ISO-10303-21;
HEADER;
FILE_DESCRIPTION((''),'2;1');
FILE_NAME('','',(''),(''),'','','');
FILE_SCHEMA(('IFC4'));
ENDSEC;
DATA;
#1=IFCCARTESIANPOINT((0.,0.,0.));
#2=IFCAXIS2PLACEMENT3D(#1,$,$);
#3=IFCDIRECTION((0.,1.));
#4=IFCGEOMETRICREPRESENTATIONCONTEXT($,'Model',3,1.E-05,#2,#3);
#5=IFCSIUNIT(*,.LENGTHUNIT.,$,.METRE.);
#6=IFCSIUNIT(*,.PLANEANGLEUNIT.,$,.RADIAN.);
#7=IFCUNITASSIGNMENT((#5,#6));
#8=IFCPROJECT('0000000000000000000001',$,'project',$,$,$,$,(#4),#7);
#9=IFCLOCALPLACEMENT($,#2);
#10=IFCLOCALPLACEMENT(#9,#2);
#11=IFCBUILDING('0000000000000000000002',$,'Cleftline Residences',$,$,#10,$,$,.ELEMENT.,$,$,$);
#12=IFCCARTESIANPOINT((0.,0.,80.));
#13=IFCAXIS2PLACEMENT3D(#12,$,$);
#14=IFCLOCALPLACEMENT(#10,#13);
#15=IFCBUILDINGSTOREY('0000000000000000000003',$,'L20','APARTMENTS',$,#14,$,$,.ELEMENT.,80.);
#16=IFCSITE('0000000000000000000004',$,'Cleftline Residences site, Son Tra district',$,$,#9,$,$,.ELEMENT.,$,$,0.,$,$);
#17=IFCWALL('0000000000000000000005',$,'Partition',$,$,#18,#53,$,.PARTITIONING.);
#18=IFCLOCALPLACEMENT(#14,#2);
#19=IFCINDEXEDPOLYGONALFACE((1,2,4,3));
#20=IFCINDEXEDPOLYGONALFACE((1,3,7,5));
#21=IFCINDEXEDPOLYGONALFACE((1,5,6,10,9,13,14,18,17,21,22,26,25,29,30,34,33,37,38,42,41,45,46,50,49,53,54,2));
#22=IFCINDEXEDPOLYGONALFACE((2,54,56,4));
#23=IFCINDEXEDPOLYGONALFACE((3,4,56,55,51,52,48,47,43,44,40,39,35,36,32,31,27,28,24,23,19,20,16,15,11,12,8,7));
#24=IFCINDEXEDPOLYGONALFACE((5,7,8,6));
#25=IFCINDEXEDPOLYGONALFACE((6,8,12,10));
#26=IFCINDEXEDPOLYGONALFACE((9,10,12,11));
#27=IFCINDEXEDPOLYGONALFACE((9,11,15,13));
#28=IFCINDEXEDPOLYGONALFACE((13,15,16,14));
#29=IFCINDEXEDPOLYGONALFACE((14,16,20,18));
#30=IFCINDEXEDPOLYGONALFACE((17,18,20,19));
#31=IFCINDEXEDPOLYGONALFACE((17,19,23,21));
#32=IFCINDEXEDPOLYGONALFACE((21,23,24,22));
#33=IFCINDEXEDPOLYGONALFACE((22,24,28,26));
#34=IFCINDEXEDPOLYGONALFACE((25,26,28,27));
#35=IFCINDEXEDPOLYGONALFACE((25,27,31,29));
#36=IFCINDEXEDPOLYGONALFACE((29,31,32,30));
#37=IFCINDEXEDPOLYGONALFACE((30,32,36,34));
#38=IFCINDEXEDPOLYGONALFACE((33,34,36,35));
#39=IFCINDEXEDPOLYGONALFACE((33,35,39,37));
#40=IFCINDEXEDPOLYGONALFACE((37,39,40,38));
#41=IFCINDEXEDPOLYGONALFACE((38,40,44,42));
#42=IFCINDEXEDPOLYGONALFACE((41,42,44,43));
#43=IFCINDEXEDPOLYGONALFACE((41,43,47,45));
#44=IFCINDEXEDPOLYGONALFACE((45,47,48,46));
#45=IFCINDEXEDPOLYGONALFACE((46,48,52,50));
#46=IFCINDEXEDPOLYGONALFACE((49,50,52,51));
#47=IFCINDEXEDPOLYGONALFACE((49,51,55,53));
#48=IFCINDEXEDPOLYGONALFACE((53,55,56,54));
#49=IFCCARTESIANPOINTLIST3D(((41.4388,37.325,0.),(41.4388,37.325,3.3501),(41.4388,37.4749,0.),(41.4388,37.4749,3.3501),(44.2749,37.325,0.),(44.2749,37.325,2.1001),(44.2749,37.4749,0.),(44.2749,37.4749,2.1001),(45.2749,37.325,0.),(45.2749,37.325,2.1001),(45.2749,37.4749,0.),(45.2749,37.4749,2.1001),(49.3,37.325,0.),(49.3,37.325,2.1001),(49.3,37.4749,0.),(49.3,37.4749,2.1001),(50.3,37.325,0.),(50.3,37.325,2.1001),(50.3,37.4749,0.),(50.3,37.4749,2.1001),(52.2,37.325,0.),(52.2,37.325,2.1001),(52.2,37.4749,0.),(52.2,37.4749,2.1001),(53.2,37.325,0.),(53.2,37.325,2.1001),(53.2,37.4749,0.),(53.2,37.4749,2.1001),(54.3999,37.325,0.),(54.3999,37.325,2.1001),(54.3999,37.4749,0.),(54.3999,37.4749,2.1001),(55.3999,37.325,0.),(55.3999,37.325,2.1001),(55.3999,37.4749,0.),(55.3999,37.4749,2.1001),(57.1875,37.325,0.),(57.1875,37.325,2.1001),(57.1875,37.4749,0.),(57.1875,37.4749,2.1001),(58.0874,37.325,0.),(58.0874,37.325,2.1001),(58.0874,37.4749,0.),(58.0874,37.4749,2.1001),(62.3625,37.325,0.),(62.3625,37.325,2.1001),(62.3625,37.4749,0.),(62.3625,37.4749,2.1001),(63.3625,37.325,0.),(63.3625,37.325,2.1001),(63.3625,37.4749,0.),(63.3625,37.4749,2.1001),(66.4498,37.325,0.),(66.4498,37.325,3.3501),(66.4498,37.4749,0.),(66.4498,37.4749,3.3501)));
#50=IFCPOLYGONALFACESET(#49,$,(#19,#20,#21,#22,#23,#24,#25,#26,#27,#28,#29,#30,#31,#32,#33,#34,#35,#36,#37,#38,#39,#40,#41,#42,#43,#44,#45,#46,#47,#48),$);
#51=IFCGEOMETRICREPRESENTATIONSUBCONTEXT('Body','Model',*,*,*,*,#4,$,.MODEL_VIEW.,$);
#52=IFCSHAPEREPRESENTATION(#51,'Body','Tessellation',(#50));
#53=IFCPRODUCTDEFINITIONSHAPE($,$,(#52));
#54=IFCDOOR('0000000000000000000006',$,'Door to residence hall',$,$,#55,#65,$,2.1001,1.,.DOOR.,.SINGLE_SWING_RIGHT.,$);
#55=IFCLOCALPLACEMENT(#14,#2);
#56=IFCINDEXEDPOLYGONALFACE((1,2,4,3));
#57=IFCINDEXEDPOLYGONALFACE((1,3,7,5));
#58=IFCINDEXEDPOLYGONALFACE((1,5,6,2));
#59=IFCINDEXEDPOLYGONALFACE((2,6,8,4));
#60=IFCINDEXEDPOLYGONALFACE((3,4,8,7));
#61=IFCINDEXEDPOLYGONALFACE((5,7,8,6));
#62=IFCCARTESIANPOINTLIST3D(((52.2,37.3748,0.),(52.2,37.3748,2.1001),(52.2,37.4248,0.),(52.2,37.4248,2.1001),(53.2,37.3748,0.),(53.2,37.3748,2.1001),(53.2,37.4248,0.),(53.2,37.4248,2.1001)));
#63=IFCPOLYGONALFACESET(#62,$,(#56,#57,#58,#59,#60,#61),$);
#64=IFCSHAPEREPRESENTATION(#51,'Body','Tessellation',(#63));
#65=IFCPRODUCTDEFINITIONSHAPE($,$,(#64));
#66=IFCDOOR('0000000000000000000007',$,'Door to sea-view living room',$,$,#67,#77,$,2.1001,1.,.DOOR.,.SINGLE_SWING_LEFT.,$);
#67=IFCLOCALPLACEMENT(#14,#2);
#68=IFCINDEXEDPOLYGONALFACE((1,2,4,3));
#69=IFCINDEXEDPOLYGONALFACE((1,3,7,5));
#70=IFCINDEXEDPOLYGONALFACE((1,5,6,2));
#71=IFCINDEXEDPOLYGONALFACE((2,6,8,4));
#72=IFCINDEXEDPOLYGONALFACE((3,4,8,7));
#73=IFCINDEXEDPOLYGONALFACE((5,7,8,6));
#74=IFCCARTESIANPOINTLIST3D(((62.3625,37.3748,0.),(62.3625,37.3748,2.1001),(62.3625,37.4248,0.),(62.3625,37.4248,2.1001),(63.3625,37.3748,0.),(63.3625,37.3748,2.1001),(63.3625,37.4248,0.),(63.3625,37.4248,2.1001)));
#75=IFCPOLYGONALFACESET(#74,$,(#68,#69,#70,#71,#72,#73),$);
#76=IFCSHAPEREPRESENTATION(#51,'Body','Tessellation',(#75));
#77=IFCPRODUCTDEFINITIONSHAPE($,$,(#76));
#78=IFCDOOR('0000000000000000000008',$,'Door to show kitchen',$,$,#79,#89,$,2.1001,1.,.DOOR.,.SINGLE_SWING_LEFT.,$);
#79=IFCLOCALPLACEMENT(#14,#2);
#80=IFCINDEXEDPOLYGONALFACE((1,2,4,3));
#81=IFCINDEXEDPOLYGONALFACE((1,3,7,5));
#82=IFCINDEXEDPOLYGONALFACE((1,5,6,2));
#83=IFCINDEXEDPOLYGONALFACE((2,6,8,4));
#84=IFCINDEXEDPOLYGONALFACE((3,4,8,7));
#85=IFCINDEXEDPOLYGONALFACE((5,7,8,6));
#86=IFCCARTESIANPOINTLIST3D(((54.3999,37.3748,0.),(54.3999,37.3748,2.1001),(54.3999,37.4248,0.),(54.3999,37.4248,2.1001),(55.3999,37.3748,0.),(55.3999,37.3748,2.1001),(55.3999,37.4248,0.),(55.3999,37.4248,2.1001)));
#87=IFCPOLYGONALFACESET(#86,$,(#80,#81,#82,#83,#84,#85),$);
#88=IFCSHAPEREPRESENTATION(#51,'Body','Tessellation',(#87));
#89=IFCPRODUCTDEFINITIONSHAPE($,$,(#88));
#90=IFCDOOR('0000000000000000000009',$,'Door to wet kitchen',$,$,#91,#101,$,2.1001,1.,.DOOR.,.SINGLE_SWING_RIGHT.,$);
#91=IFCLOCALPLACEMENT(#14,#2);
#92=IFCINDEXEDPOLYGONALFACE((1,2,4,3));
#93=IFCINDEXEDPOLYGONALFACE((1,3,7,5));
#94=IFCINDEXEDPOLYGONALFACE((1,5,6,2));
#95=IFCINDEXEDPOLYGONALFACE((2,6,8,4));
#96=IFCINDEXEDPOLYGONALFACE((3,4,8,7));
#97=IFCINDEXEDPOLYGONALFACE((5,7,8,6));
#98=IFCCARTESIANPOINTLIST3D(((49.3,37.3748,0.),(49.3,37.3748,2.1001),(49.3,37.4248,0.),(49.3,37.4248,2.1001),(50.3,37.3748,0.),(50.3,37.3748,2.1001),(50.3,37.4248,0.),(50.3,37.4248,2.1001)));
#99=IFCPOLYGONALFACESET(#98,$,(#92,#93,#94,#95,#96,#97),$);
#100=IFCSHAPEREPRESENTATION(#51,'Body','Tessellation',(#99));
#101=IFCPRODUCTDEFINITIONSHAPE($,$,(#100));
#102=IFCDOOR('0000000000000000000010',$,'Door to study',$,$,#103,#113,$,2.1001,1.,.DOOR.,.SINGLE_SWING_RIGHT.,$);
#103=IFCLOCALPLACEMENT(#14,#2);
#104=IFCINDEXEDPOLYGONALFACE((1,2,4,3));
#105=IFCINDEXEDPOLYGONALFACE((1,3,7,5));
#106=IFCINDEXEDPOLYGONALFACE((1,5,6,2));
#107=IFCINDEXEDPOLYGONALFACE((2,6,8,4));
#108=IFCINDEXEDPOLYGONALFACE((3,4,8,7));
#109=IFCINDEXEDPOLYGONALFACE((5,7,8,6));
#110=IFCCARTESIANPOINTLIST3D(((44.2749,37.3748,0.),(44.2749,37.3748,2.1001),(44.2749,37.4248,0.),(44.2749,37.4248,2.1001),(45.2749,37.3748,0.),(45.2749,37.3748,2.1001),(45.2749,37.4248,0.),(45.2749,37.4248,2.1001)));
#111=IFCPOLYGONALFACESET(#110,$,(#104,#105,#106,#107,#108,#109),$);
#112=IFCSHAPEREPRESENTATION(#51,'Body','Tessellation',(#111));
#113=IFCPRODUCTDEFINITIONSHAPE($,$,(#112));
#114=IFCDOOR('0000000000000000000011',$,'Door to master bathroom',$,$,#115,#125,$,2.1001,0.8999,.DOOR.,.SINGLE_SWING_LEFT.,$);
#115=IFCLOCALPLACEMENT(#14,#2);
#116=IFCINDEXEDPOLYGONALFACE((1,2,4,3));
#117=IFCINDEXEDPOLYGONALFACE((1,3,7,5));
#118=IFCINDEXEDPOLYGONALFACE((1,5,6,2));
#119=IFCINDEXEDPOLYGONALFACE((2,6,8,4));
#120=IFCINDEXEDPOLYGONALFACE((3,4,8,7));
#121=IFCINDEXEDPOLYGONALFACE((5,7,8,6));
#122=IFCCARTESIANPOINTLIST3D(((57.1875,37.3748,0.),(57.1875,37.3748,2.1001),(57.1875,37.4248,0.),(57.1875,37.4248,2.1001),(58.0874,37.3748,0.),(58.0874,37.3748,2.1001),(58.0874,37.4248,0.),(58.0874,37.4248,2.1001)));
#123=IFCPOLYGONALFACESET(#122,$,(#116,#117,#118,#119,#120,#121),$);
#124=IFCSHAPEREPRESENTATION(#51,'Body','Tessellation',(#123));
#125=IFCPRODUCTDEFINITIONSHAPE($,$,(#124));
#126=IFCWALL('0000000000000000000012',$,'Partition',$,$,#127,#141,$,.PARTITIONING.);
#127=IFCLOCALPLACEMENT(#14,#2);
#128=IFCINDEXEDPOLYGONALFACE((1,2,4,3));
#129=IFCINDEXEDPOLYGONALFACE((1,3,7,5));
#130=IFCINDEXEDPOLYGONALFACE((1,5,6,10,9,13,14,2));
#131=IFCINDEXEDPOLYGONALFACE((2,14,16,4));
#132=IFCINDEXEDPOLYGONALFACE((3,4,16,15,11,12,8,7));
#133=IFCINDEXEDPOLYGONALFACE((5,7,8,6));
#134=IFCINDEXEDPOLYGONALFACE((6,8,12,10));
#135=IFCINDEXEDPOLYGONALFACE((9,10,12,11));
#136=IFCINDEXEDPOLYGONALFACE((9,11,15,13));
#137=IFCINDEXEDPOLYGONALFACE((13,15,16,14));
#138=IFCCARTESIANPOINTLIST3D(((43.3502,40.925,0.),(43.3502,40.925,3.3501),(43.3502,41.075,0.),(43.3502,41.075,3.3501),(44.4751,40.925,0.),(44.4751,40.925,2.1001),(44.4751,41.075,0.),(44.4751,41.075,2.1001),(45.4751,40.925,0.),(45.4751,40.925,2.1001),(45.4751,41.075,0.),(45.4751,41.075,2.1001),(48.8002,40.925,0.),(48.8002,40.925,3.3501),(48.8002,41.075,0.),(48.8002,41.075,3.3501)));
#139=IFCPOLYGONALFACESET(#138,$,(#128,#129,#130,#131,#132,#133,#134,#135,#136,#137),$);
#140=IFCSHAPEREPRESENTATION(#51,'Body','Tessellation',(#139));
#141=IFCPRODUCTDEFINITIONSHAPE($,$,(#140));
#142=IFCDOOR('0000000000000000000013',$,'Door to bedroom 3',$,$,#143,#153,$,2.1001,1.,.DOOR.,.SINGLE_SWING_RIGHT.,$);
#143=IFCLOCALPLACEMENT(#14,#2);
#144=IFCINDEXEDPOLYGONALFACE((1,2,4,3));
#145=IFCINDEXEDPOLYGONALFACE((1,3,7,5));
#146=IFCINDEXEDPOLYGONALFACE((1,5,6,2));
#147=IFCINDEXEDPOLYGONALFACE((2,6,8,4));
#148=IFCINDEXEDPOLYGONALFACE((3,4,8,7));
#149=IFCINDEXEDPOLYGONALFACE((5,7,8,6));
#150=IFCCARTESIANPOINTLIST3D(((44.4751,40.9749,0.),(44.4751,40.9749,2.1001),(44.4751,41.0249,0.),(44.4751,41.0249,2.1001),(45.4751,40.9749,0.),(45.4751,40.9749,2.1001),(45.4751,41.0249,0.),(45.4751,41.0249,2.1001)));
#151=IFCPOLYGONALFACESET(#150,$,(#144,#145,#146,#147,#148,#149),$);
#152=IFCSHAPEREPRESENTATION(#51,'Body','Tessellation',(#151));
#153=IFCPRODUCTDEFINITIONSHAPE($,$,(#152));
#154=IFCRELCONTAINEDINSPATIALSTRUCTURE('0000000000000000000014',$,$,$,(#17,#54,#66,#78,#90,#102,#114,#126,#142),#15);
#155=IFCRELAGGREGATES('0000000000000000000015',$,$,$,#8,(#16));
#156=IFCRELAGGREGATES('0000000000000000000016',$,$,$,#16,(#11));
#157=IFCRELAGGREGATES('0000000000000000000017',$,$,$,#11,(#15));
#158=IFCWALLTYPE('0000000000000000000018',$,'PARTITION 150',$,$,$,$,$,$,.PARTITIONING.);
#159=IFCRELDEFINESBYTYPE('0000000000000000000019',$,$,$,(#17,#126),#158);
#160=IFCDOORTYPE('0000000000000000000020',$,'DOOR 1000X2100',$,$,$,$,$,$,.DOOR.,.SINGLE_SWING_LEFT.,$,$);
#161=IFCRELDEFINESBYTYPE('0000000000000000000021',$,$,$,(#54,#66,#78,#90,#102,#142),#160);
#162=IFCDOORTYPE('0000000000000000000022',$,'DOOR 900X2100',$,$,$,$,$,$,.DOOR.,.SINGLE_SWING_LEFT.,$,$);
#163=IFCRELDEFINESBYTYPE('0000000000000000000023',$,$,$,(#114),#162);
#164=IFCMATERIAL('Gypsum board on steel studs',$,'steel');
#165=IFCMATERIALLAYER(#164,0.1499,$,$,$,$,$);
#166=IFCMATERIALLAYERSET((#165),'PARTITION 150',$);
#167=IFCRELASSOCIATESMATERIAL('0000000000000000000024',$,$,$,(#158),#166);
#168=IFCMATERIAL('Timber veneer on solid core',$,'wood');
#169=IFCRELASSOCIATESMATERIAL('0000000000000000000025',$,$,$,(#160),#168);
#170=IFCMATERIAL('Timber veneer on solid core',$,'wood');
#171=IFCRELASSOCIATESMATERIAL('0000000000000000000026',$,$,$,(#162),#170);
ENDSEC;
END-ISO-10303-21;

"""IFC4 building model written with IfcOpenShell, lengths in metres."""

from ifc_helpers import new_model, si_unit, direction, frame, frame_2d, origin, place, context, subcontext, project, spatial, rectangle, extrude, material, layer, layer_set, type_object, element, fill, save


model = new_model("IFC4")

# Units and contexts
model_context = context("Model", 3, precision=1e-05, world=origin(), true_north=direction((0.0, 1.0)))
body_context = subcontext(model_context, "Body", "Model", "MODEL_VIEW")
ifc_project = project(units=[si_unit("LENGTHUNIT", "METRE"), si_unit("PLANEANGLEUNIT", "RADIAN")], contexts=[model_context])

# Site, building, storey
site_placement = place(None, origin())
site = spatial("IfcSite", under=ifc_project, at=site_placement, Name="Cleftline Residences site, Son Tra district", CompositionType="ELEMENT", RefElevation=0.0)
building_placement = place(site_placement, origin())
building = spatial("IfcBuilding", under=site, at=building_placement, Name="Cleftline Residences", CompositionType="ELEMENT")
storey_placement = place(building_placement, frame((0.0, 0.0, 80.0)))
storey = spatial("IfcBuildingStorey", under=building, at=storey_placement, Name="L20", Description="APARTMENTS", CompositionType="ELEMENT", Elevation=80.0)

# Wall, openings, doors
ifc_material_1 = material(Name="Gypsum board on steel studs", Category="steel")
ifc_layer_1 = layer(ifc_material_1, 0.1499)
ifc_layer_set_1 = layer_set([ifc_layer_1], Name="PARTITION 150")
wall_type = type_object("IfcWallType", Name="PARTITION 150", PredefinedType="PARTITIONING", material=ifc_layer_set_1)
wall_1_placement = place(storey_placement, frame((41.439, 37.3999, 0.0), z_axis=(0.0, 0.0, 1.0), x_axis=(1.0, 0.0, 0.0)))
wall_1 = element("IfcWall", 1, at=wall_1_placement, inside=storey, type_object=wall_type, Name="Partition", PredefinedType="PARTITIONING", context=body_context, shape_type="SweptSolid", body=[
    extrude(rectangle(XDim=25.011, YDim=0.1499, at=frame_2d((12.5054, 0.0))), origin(), (0.0, 0.0, 1.0), 3.3501),
])
opening_1_placement = place(wall_1_placement, frame((10.761, 0.0, 0.0)))
opening_1 = element("IfcOpeningElement", 2, at=opening_1_placement, cuts=wall_1, PredefinedType="OPENING", context=body_context, shape_type="SweptSolid", body=[
    extrude(rectangle(XDim=1.0, YDim=2.1001, at=frame_2d((0.5, 1.05))), frame((0.0, 0.085, 0.0), z_axis=(0.0, -1.0, 0.0), x_axis=(1.0, 0.0, 0.0)), (0.0, 0.0, 1.0), 0.1699),
])
opening_2_placement = place(wall_1_placement, frame((20.9236, 0.0, 0.0)))
opening_2 = element("IfcOpeningElement", 3, at=opening_2_placement, cuts=wall_1, PredefinedType="OPENING", context=body_context, shape_type="SweptSolid", body=[
    extrude(rectangle(XDim=1.0, YDim=2.1001, at=frame_2d((0.5, 1.05))), frame((0.0, 0.085, 0.0), z_axis=(0.0, -1.0, 0.0), x_axis=(1.0, 0.0, 0.0)), (0.0, 0.0, 1.0), 0.1699),
])
opening_3_placement = place(wall_1_placement, frame((15.7485, 0.0, 0.0)))
opening_3 = element("IfcOpeningElement", 4, at=opening_3_placement, cuts=wall_1, PredefinedType="OPENING", context=body_context, shape_type="SweptSolid", body=[
    extrude(rectangle(XDim=0.8999, YDim=2.1001, at=frame_2d((0.45, 1.05))), frame((0.0, 0.085, 0.0), z_axis=(0.0, -1.0, 0.0), x_axis=(1.0, 0.0, 0.0)), (0.0, 0.0, 1.0), 0.1699),
])
opening_4_placement = place(wall_1_placement, frame((12.9609, 0.0, 0.0)))
opening_4 = element("IfcOpeningElement", 5, at=opening_4_placement, cuts=wall_1, PredefinedType="OPENING", context=body_context, shape_type="SweptSolid", body=[
    extrude(rectangle(XDim=1.0, YDim=2.1001, at=frame_2d((0.5, 1.05))), frame((0.0, 0.085, 0.0), z_axis=(0.0, -1.0, 0.0), x_axis=(1.0, 0.0, 0.0)), (0.0, 0.0, 1.0), 0.1699),
])
opening_5_placement = place(wall_1_placement, frame((7.8611, 0.0, 0.0)))
opening_5 = element("IfcOpeningElement", 6, at=opening_5_placement, cuts=wall_1, PredefinedType="OPENING", context=body_context, shape_type="SweptSolid", body=[
    extrude(rectangle(XDim=1.0, YDim=2.1001, at=frame_2d((0.5, 1.05))), frame((0.0, 0.085, 0.0), z_axis=(0.0, -1.0, 0.0), x_axis=(1.0, 0.0, 0.0)), (0.0, 0.0, 1.0), 0.1699),
])
opening_6_placement = place(wall_1_placement, frame((2.8359, 0.0, 0.0)))
opening_6 = element("IfcOpeningElement", 7, at=opening_6_placement, cuts=wall_1, PredefinedType="OPENING", context=body_context, shape_type="SweptSolid", body=[
    extrude(rectangle(XDim=1.0, YDim=2.1001, at=frame_2d((0.5, 1.05))), frame((0.0, 0.085, 0.0), z_axis=(0.0, -1.0, 0.0), x_axis=(1.0, 0.0, 0.0)), (0.0, 0.0, 1.0), 0.1699),
])
ifc_material_2 = material(Name="Timber veneer on solid core", Category="wood")
door_type_1 = type_object("IfcDoorType", Name="DOOR 1000X2100", OperationType="SINGLE_SWING_LEFT", PredefinedType="DOOR", material=ifc_material_2)
door_1_placement = place(opening_1_placement, origin())
door_1 = element("IfcDoor", 8, at=door_1_placement, inside=storey, type_object=door_type_1, Name="Door to residence hall", OperationType="SINGLE_SWING_RIGHT", OverallHeight=2.1001, OverallWidth=1.0, PredefinedType="DOOR", context=body_context, shape_type="SweptSolid", body=[
    extrude(rectangle(XDim=1.0, YDim=2.1001, at=frame_2d((0.5, 1.05))), frame((0.0, 0.0249, 0.0), z_axis=(0.0, -1.0, 0.0), x_axis=(1.0, 0.0, 0.0)), (0.0, 0.0, 1.0), 0.05),
])
fill(opening_1, door_1)
door_2_placement = place(opening_2_placement, origin())
door_2 = element("IfcDoor", 9, at=door_2_placement, inside=storey, type_object=door_type_1, Name="Door to sea-view living room", OperationType="SINGLE_SWING_LEFT", OverallHeight=2.1001, OverallWidth=1.0, PredefinedType="DOOR", context=body_context, shape_type="SweptSolid", body=[
    extrude(rectangle(XDim=1.0, YDim=2.1001, at=frame_2d((0.5, 1.05))), frame((0.0, 0.0249, 0.0), z_axis=(0.0, -1.0, 0.0), x_axis=(1.0, 0.0, 0.0)), (0.0, 0.0, 1.0), 0.05),
])
fill(opening_2, door_2)
door_3_placement = place(opening_4_placement, origin())
door_3 = element("IfcDoor", 10, at=door_3_placement, inside=storey, type_object=door_type_1, Name="Door to show kitchen", OperationType="SINGLE_SWING_LEFT", OverallHeight=2.1001, OverallWidth=1.0, PredefinedType="DOOR", context=body_context, shape_type="SweptSolid", body=[
    extrude(rectangle(XDim=1.0, YDim=2.1001, at=frame_2d((0.5, 1.05))), frame((0.0, 0.0249, 0.0), z_axis=(0.0, -1.0, 0.0), x_axis=(1.0, 0.0, 0.0)), (0.0, 0.0, 1.0), 0.05),
])
fill(opening_4, door_3)
door_4_placement = place(opening_5_placement, origin())
door_4 = element("IfcDoor", 11, at=door_4_placement, inside=storey, type_object=door_type_1, Name="Door to wet kitchen", OperationType="SINGLE_SWING_RIGHT", OverallHeight=2.1001, OverallWidth=1.0, PredefinedType="DOOR", context=body_context, shape_type="SweptSolid", body=[
    extrude(rectangle(XDim=1.0, YDim=2.1001, at=frame_2d((0.5, 1.05))), frame((0.0, 0.0249, 0.0), z_axis=(0.0, -1.0, 0.0), x_axis=(1.0, 0.0, 0.0)), (0.0, 0.0, 1.0), 0.05),
])
fill(opening_5, door_4)
door_5_placement = place(opening_6_placement, origin())
door_5 = element("IfcDoor", 12, at=door_5_placement, inside=storey, type_object=door_type_1, Name="Door to study", OperationType="SINGLE_SWING_RIGHT", OverallHeight=2.1001, OverallWidth=1.0, PredefinedType="DOOR", context=body_context, shape_type="SweptSolid", body=[
    extrude(rectangle(XDim=1.0, YDim=2.1001, at=frame_2d((0.5, 1.05))), frame((0.0, 0.0249, 0.0), z_axis=(0.0, -1.0, 0.0), x_axis=(1.0, 0.0, 0.0)), (0.0, 0.0, 1.0), 0.05),
])
fill(opening_6, door_5)
ifc_material_3 = material(Name="Timber veneer on solid core", Category="wood")
door_type_2 = type_object("IfcDoorType", Name="DOOR 900X2100", OperationType="SINGLE_SWING_LEFT", PredefinedType="DOOR", material=ifc_material_3)
door_6_placement = place(opening_3_placement, origin())
door_6 = element("IfcDoor", 13, at=door_6_placement, inside=storey, type_object=door_type_2, Name="Door to master bathroom", OperationType="SINGLE_SWING_LEFT", OverallHeight=2.1001, OverallWidth=0.8999, PredefinedType="DOOR", context=body_context, shape_type="SweptSolid", body=[
    extrude(rectangle(XDim=0.8999, YDim=2.1001, at=frame_2d((0.45, 1.05))), frame((0.0, 0.0249, 0.0), z_axis=(0.0, -1.0, 0.0), x_axis=(1.0, 0.0, 0.0)), (0.0, 0.0, 1.0), 0.05),
])
fill(opening_3, door_6)

# Wall, opening, door
wall_2_placement = place(storey_placement, frame((43.3501, 41.0, 0.0), z_axis=(0.0, 0.0, 1.0), x_axis=(1.0, 0.0, 0.0)))
wall_2 = element("IfcWall", 14, at=wall_2_placement, inside=storey, type_object=wall_type, Name="Partition", PredefinedType="PARTITIONING", context=body_context, shape_type="SweptSolid", body=[
    extrude(rectangle(XDim=5.45, YDim=0.1499, at=frame_2d((2.7251, 0.0))), origin(), (0.0, 0.0, 1.0), 3.3501),
])
opening_7_placement = place(wall_2_placement, frame((1.125, 0.0, 0.0)))
opening_7 = element("IfcOpeningElement", 15, at=opening_7_placement, cuts=wall_2, PredefinedType="OPENING", context=body_context, shape_type="SweptSolid", body=[
    extrude(rectangle(XDim=1.0, YDim=2.1001, at=frame_2d((0.5, 1.05))), frame((0.0, 0.085, 0.0), z_axis=(0.0, -1.0, 0.0), x_axis=(1.0, 0.0, 0.0)), (0.0, 0.0, 1.0), 0.1699),
])
door_7_placement = place(opening_7_placement, origin())
door_7 = element("IfcDoor", 16, at=door_7_placement, inside=storey, type_object=door_type_1, Name="Door to bedroom 3", OperationType="SINGLE_SWING_RIGHT", OverallHeight=2.1001, OverallWidth=1.0, PredefinedType="DOOR", context=body_context, shape_type="SweptSolid", body=[
    extrude(rectangle(XDim=1.0, YDim=2.1001, at=frame_2d((0.5, 1.05))), frame((0.0, 0.0249, 0.0), z_axis=(0.0, -1.0, 0.0), x_axis=(1.0, 0.0, 0.0)), (0.0, 0.0, 1.0), 0.05),
])
fill(opening_7, door_7)

save(model, "model.ifc")
